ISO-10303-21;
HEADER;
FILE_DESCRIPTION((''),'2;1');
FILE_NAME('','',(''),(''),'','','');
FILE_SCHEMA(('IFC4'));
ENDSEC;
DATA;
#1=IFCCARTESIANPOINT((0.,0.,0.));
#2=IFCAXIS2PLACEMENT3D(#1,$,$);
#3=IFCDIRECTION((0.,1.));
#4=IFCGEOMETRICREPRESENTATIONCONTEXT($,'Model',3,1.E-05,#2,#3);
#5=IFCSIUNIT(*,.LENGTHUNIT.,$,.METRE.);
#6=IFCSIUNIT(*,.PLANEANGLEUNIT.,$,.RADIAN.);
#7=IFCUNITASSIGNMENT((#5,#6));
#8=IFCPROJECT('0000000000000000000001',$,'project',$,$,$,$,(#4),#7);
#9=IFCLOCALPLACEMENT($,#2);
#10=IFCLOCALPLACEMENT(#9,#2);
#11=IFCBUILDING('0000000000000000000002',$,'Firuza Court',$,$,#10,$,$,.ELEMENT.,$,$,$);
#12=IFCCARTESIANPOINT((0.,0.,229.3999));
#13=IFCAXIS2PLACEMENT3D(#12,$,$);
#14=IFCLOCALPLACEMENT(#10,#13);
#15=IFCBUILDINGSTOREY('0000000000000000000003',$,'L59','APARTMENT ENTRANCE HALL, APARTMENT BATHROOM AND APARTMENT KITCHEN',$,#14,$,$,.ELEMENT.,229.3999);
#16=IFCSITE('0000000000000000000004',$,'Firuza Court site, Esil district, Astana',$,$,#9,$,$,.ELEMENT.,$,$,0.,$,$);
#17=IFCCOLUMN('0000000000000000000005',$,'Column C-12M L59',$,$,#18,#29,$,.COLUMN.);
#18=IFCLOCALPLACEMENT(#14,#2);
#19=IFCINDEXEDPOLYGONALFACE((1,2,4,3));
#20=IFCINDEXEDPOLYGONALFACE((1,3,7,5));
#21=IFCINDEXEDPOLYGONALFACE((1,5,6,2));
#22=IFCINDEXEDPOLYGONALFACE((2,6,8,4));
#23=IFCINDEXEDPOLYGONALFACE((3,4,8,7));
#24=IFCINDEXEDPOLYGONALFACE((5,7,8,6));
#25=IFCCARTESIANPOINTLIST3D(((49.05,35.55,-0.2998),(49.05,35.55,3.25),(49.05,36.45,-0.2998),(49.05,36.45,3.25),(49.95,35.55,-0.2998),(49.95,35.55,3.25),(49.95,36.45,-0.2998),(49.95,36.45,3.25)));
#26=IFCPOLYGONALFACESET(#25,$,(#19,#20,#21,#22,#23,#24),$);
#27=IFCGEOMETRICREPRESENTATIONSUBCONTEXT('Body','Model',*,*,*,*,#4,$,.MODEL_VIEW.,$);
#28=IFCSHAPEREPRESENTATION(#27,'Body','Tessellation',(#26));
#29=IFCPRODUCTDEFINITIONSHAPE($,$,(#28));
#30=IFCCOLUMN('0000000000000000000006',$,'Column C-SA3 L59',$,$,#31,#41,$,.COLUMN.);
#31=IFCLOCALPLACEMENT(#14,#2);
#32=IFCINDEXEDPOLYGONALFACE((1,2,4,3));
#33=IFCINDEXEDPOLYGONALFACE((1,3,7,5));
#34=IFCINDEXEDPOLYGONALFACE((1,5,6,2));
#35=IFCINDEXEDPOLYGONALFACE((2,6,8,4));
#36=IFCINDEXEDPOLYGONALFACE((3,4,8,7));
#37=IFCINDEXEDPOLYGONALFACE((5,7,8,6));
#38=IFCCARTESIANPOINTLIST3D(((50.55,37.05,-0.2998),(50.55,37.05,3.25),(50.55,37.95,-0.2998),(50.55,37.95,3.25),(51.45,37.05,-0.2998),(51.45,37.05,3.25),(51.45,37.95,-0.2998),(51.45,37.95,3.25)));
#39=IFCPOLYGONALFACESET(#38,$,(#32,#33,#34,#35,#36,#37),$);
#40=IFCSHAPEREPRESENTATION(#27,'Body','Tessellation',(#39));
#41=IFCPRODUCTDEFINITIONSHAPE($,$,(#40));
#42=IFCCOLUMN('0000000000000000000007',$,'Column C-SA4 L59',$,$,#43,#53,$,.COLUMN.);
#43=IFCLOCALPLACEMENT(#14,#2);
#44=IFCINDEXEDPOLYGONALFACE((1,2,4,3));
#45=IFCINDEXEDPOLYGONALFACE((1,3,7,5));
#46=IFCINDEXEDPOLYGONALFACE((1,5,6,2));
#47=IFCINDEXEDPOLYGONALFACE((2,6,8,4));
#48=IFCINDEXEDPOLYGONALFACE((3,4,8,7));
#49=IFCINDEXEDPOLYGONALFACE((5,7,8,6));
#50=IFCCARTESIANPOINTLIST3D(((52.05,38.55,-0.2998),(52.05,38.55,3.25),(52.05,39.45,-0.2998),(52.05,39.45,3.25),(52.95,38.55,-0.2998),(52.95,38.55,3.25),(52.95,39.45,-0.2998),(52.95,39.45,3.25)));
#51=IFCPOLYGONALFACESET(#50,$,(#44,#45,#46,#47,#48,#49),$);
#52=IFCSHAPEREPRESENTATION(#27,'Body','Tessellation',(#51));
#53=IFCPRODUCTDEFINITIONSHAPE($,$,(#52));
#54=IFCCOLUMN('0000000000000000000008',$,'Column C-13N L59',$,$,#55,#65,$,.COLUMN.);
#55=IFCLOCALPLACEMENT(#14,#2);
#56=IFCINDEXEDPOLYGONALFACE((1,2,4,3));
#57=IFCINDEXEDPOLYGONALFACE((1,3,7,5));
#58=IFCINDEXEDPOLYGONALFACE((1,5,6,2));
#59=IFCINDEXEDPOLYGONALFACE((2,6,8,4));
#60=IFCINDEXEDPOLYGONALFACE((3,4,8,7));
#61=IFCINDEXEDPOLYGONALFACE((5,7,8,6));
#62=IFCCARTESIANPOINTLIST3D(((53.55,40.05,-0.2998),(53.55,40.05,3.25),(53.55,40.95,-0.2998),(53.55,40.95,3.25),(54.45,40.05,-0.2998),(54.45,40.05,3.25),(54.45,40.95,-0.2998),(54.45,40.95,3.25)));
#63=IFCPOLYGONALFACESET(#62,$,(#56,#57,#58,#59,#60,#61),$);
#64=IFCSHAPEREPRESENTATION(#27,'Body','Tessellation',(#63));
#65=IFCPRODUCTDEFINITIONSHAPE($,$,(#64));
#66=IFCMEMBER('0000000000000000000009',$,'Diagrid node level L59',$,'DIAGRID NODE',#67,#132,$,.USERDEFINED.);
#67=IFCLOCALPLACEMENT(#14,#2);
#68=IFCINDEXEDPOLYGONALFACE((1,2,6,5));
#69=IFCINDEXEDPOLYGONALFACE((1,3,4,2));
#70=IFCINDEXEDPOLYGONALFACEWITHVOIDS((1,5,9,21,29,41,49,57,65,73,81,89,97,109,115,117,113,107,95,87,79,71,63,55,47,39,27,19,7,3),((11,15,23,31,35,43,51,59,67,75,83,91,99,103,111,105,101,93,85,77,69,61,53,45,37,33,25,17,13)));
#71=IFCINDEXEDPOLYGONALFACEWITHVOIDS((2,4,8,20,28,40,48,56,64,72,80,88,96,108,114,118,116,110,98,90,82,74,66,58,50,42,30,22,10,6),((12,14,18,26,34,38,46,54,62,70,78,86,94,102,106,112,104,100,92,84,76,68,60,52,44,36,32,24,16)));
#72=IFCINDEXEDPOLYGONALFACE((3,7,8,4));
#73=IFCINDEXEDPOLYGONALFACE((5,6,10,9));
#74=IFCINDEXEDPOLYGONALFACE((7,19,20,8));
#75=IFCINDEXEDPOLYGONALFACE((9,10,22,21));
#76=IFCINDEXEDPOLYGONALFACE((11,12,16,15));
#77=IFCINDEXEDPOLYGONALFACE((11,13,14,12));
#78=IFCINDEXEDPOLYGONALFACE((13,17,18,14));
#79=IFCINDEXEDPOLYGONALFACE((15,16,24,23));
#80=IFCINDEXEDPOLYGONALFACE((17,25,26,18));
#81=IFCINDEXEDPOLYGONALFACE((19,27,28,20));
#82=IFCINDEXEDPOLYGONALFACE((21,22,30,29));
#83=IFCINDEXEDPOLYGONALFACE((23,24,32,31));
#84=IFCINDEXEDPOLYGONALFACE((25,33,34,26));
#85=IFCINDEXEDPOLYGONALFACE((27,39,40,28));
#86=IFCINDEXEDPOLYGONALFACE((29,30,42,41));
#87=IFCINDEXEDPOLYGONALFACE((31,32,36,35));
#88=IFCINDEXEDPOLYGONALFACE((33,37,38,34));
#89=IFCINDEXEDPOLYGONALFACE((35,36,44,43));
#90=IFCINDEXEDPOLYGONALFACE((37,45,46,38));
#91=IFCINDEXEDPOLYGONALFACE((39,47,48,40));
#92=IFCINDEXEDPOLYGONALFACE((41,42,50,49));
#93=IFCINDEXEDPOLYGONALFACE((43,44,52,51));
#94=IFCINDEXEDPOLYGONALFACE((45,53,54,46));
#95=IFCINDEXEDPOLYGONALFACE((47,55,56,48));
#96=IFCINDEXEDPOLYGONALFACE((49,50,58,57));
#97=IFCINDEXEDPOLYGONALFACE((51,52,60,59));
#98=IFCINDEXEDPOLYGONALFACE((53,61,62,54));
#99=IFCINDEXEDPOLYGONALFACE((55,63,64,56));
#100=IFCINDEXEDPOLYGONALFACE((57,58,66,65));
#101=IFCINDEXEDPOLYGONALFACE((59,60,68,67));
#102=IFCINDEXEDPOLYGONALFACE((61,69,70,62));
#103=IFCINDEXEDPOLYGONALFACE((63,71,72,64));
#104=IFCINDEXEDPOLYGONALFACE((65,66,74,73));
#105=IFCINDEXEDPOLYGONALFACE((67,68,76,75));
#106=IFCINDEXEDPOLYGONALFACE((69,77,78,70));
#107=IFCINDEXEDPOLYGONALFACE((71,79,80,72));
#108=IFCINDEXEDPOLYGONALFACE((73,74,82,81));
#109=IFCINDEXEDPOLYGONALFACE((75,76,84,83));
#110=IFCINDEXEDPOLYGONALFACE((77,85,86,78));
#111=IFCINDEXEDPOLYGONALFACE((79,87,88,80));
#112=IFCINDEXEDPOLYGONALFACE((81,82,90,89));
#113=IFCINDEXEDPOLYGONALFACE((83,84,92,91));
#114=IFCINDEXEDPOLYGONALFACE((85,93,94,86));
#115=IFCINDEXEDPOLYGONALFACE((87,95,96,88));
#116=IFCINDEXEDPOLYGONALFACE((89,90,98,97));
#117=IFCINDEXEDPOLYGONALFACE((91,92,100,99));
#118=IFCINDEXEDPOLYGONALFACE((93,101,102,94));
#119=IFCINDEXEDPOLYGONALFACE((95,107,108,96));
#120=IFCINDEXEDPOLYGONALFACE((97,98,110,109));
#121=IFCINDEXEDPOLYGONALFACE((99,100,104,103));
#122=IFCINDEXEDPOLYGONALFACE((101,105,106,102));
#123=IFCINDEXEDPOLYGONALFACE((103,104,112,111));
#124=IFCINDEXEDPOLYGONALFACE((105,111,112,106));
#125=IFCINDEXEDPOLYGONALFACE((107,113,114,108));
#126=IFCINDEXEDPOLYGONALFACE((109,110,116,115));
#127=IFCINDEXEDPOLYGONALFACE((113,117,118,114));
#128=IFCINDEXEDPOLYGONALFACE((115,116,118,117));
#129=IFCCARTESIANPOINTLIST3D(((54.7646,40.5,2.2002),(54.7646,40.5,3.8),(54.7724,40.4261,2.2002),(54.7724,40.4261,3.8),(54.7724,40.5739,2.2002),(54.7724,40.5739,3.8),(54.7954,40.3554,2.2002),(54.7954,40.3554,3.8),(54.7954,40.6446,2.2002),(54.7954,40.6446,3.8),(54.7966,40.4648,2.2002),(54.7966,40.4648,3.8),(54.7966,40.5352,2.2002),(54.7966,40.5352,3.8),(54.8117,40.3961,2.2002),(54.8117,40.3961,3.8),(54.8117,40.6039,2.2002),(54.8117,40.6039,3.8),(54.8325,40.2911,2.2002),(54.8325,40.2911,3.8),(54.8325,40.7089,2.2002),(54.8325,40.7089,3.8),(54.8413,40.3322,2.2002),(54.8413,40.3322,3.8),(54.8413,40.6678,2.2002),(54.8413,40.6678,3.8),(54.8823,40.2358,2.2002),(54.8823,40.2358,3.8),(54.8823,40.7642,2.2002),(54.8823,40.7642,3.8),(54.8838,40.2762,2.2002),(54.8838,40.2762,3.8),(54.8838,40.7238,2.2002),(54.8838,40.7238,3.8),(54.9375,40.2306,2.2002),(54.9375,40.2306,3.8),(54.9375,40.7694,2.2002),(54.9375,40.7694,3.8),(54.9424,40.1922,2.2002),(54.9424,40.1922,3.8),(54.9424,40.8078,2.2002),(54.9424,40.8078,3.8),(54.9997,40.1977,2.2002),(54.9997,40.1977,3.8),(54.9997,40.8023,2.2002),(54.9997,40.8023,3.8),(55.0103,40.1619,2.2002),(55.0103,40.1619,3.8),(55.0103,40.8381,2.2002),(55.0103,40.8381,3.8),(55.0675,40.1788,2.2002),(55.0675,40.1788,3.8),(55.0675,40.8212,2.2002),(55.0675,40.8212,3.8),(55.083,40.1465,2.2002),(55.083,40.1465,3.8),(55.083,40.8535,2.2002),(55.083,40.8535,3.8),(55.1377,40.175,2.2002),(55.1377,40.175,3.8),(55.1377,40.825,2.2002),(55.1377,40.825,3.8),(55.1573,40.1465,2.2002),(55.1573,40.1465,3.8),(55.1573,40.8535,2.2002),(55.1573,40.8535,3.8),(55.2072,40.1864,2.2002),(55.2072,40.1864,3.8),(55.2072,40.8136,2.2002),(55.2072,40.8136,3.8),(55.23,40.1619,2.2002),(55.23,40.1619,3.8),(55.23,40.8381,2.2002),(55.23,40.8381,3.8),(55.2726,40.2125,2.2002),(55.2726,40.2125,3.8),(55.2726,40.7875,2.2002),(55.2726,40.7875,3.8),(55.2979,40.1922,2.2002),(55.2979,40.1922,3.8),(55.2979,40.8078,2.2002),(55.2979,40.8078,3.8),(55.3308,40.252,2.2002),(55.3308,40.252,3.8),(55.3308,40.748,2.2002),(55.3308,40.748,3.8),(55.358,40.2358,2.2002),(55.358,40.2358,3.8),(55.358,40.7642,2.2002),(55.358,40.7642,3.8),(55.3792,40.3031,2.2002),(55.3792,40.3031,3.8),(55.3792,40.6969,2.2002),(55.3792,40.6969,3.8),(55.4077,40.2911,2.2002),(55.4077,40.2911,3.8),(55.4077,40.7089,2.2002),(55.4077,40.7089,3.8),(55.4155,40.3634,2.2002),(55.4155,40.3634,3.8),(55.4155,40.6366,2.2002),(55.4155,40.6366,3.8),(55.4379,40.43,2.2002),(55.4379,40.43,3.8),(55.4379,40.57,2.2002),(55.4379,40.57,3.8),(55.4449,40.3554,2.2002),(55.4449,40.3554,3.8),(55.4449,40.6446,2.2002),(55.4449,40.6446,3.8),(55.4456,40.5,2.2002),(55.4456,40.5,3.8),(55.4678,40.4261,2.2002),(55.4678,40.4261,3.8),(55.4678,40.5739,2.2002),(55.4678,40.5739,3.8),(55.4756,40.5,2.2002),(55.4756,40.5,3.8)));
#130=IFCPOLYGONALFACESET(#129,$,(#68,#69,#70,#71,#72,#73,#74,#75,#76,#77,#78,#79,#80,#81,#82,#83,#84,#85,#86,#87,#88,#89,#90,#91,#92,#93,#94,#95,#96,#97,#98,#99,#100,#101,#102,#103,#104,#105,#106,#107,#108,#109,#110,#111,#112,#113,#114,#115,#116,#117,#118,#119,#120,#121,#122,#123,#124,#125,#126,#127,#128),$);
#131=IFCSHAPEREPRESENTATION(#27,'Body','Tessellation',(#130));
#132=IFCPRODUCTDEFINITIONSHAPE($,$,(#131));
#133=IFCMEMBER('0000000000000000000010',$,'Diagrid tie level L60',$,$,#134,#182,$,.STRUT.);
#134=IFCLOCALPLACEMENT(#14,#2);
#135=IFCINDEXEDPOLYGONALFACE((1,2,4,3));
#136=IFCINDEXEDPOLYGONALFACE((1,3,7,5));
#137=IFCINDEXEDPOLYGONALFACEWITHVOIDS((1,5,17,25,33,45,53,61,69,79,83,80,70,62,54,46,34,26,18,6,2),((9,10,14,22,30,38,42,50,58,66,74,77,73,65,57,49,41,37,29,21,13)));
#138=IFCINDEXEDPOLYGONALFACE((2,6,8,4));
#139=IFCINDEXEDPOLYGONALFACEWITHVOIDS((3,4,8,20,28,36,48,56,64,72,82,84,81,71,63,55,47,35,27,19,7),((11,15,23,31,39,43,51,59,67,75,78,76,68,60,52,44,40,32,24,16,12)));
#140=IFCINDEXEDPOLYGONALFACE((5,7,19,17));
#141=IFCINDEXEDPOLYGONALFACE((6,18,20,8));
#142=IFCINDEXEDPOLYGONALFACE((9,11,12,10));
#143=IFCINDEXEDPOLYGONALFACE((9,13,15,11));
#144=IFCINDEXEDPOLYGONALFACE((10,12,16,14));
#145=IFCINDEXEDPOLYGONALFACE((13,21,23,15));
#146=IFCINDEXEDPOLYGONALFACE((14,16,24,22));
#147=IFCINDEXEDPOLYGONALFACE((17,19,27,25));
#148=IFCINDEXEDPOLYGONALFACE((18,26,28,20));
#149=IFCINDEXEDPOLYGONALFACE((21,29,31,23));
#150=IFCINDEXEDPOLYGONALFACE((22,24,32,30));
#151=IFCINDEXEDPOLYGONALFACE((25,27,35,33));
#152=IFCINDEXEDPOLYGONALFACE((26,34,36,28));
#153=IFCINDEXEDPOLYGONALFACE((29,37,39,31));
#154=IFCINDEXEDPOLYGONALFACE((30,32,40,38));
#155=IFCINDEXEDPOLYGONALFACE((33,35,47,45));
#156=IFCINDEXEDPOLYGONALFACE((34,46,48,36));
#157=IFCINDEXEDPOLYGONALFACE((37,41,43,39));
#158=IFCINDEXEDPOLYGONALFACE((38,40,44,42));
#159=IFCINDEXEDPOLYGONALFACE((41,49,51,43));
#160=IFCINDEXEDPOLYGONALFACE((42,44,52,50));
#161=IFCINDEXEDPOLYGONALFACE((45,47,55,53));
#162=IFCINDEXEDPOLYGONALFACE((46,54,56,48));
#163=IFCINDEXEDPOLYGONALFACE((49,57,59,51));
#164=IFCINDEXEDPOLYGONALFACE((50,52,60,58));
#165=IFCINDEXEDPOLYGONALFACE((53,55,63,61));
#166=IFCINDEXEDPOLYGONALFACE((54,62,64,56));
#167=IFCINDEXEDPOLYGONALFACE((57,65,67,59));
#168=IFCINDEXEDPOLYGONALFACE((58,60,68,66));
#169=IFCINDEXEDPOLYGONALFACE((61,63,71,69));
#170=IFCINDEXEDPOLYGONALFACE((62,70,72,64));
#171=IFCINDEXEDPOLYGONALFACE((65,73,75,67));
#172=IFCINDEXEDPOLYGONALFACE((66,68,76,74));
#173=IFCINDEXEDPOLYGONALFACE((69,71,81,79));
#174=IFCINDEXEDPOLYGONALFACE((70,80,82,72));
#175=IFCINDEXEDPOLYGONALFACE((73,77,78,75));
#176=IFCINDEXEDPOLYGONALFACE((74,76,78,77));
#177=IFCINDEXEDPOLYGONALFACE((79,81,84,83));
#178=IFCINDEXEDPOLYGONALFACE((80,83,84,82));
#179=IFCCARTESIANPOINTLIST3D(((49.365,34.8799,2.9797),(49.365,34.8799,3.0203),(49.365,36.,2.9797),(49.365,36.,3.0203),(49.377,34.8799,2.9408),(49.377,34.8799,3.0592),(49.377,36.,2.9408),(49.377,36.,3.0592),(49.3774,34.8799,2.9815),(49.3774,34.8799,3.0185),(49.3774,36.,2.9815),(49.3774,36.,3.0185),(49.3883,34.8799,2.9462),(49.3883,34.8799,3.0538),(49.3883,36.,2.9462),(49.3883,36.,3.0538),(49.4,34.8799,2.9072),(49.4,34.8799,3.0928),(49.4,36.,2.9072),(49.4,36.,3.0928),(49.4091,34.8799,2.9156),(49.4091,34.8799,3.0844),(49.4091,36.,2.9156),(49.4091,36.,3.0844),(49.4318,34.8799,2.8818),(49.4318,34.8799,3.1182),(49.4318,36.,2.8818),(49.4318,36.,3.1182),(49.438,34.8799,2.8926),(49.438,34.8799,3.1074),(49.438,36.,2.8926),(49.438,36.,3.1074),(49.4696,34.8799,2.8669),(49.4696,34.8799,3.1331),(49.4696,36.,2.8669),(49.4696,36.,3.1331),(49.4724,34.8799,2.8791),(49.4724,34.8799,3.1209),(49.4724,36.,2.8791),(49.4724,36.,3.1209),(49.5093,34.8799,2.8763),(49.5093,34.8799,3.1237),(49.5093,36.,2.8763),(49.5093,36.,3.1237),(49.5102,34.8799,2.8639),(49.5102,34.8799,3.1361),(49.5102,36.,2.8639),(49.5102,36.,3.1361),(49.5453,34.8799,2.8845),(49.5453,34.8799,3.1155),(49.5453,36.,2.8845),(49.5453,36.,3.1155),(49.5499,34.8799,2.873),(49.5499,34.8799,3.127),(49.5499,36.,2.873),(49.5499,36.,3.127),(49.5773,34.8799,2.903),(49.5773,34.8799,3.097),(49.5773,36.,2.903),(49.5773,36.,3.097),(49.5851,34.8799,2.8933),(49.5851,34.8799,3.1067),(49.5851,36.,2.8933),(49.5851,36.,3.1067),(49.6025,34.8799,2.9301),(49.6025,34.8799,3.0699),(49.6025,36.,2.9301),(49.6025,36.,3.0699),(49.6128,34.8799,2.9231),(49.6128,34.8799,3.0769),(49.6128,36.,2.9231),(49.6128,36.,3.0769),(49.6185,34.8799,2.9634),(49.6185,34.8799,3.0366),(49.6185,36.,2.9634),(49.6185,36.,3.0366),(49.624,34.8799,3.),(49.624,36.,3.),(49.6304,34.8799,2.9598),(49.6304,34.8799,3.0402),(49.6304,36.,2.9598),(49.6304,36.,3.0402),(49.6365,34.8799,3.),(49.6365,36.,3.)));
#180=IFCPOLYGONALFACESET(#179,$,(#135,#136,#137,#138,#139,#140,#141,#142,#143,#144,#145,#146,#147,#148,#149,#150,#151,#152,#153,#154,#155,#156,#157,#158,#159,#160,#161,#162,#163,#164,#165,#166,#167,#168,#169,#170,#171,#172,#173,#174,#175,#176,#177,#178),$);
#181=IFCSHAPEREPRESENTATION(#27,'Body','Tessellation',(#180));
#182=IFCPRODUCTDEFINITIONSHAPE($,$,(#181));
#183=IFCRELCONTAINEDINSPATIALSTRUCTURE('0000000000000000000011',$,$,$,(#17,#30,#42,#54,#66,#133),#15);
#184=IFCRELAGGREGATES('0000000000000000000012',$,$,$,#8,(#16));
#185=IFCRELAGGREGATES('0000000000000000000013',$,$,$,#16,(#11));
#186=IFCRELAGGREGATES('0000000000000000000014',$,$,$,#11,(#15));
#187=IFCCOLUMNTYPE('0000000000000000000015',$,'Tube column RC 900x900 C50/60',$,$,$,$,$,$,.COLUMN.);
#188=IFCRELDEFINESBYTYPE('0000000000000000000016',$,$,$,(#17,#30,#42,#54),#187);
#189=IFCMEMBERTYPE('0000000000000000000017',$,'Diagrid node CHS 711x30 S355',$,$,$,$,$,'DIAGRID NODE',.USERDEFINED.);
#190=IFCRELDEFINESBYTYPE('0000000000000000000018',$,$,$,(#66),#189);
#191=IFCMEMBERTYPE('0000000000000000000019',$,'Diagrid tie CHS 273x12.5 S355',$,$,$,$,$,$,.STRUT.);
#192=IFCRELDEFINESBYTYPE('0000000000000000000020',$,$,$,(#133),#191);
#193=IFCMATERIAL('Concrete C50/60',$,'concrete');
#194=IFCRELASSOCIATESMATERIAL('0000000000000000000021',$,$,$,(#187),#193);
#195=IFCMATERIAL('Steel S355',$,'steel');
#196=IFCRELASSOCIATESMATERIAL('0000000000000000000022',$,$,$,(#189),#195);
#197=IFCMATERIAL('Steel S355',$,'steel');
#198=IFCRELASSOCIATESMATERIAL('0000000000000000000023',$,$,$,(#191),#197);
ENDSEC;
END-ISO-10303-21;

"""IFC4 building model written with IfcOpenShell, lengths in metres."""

from ifc_helpers import new_model, si_unit, direction, frame, origin, origin_2d, place, context, subcontext, project, spatial, rectangle, hollow_circle, extrude, material, material_profile, profile_set, type_object, element, save


model = new_model("IFC4")

# Units and contexts
model_context = context("Model", 3, precision=1e-05, world=origin(), true_north=direction((0.0, 1.0)))
body_context = subcontext(model_context, "Body", "Model", "MODEL_VIEW")
ifc_project = project(units=[si_unit("LENGTHUNIT", "METRE"), si_unit("PLANEANGLEUNIT", "RADIAN")], contexts=[model_context])

# Site, building, storey
site_placement = place(None, origin())
site = spatial("IfcSite", under=ifc_project, at=site_placement, Name="Firuza Court site, Esil district, Astana", CompositionType="ELEMENT", RefElevation=0.0)
building_placement = place(site_placement, origin())
building = spatial("IfcBuilding", under=site, at=building_placement, Name="Firuza Court", CompositionType="ELEMENT")
storey_placement = place(building_placement, frame((0.0, 0.0, 229.3999)))
storey = spatial("IfcBuildingStorey", under=building, at=storey_placement, Name="L59", Description="APARTMENT ENTRANCE HALL, APARTMENT BATHROOM AND APARTMENT KITCHEN", CompositionType="ELEMENT", Elevation=229.3999)

# Columns
ifc_material_1 = material(Name="Concrete C50/60", Category="concrete")
ifc_material_profile_1 = material_profile(ifc_material_1, rectangle(XDim=0.8999, YDim=0.8999, at=origin_2d()), Name="RC 900x900")
ifc_profile_set_1 = profile_set([ifc_material_profile_1], Name="Concrete C50/60")
column_type = type_object("IfcColumnType", Name="Tube column RC 900x900 C50/60", PredefinedType="COLUMN", material=ifc_profile_set_1)
for number, where, z_axis, x_axis, name in (
    (1, (49.5, 36.0, -0.2998), (0.0, 0.0, 1.0), (1.0, 0.0, 0.0), "Column C-12M L59"),
    (2, (51.0, 37.5, -0.2998), (0.0, 0.0, 1.0), (1.0, 0.0, 0.0), "Column C-SA3 L59"),
    (3, (52.5, 39.0, -0.2998), (0.0, 0.0, 1.0), (1.0, 0.0, 0.0), "Column C-SA4 L59"),
    (4, (54.0, 40.5, -0.2998), (0.0, 0.0, 1.0), (1.0, 0.0, 0.0), "Column C-13N L59"),
):
    element("IfcColumn", number, at=place(storey_placement, frame(where, z_axis=z_axis, x_axis=x_axis)), inside=storey, type_object=column_type, Name=name, PredefinedType="COLUMN", context=body_context, shape_type="SweptSolid", body=[
        extrude(rectangle(XDim=0.8999, YDim=0.8999, at=origin_2d()), origin(), (0.0, 0.0, 1.0), 3.5498),
    ])

# Members
ifc_material_2 = material(Name="Steel S355", Category="steel")
ifc_material_profile_2 = material_profile(ifc_material_2, hollow_circle(Radius=0.3555, WallThickness=0.03, at=origin_2d()), Name="CHS 711x30")
ifc_profile_set_2 = profile_set([ifc_material_profile_2], Name="Steel S355")
member_type_1 = type_object("IfcMemberType", Name="Diagrid node CHS 711x30 S355", ElementType="DIAGRID NODE", PredefinedType="USERDEFINED", material=ifc_profile_set_2)
member_placement = place(storey_placement, frame((55.1201, 40.5, 2.2002), z_axis=(0.0, 0.0, 1.0), x_axis=(1.0, 0.0, 0.0)))
element("IfcMember", 5, at=member_placement, inside=storey, type_object=member_type_1, Name="Diagrid node level L59", ObjectType="DIAGRID NODE", PredefinedType="USERDEFINED", context=body_context, shape_type="SweptSolid", body=[
    extrude(hollow_circle(Radius=0.3555, WallThickness=0.03, at=origin_2d()), origin(), (0.0, 0.0, 1.0), 1.5999),
])
ifc_material_3 = material(Name="Steel S355", Category="steel")
ifc_material_profile_3 = material_profile(ifc_material_3, hollow_circle(Radius=0.1365, WallThickness=0.0125, at=origin_2d()), Name="CHS 273x12.5")
ifc_profile_set_3 = profile_set([ifc_material_profile_3], Name="Steel S355")
member_type_2 = type_object("IfcMemberType", Name="Diagrid tie CHS 273x12.5 S355", PredefinedType="STRUT", material=ifc_profile_set_3)
for number, where, z_axis, x_axis, name in (
    (6, (49.5, 36.0, 3.0), (0.0, -1.0, 0.0), (1.0, 0.0, 0.0), "Diagrid tie level L60"),
):
    element("IfcMember", number, at=place(storey_placement, frame(where, z_axis=z_axis, x_axis=x_axis)), inside=storey, type_object=member_type_2, Name=name, PredefinedType="STRUT", context=body_context, shape_type="SweptSolid", body=[
        extrude(hollow_circle(Radius=0.1365, WallThickness=0.0125, at=origin_2d()), origin(), (0.0, 0.0, 1.0), 1.1201),
    ])

save(model, "model.ifc")
